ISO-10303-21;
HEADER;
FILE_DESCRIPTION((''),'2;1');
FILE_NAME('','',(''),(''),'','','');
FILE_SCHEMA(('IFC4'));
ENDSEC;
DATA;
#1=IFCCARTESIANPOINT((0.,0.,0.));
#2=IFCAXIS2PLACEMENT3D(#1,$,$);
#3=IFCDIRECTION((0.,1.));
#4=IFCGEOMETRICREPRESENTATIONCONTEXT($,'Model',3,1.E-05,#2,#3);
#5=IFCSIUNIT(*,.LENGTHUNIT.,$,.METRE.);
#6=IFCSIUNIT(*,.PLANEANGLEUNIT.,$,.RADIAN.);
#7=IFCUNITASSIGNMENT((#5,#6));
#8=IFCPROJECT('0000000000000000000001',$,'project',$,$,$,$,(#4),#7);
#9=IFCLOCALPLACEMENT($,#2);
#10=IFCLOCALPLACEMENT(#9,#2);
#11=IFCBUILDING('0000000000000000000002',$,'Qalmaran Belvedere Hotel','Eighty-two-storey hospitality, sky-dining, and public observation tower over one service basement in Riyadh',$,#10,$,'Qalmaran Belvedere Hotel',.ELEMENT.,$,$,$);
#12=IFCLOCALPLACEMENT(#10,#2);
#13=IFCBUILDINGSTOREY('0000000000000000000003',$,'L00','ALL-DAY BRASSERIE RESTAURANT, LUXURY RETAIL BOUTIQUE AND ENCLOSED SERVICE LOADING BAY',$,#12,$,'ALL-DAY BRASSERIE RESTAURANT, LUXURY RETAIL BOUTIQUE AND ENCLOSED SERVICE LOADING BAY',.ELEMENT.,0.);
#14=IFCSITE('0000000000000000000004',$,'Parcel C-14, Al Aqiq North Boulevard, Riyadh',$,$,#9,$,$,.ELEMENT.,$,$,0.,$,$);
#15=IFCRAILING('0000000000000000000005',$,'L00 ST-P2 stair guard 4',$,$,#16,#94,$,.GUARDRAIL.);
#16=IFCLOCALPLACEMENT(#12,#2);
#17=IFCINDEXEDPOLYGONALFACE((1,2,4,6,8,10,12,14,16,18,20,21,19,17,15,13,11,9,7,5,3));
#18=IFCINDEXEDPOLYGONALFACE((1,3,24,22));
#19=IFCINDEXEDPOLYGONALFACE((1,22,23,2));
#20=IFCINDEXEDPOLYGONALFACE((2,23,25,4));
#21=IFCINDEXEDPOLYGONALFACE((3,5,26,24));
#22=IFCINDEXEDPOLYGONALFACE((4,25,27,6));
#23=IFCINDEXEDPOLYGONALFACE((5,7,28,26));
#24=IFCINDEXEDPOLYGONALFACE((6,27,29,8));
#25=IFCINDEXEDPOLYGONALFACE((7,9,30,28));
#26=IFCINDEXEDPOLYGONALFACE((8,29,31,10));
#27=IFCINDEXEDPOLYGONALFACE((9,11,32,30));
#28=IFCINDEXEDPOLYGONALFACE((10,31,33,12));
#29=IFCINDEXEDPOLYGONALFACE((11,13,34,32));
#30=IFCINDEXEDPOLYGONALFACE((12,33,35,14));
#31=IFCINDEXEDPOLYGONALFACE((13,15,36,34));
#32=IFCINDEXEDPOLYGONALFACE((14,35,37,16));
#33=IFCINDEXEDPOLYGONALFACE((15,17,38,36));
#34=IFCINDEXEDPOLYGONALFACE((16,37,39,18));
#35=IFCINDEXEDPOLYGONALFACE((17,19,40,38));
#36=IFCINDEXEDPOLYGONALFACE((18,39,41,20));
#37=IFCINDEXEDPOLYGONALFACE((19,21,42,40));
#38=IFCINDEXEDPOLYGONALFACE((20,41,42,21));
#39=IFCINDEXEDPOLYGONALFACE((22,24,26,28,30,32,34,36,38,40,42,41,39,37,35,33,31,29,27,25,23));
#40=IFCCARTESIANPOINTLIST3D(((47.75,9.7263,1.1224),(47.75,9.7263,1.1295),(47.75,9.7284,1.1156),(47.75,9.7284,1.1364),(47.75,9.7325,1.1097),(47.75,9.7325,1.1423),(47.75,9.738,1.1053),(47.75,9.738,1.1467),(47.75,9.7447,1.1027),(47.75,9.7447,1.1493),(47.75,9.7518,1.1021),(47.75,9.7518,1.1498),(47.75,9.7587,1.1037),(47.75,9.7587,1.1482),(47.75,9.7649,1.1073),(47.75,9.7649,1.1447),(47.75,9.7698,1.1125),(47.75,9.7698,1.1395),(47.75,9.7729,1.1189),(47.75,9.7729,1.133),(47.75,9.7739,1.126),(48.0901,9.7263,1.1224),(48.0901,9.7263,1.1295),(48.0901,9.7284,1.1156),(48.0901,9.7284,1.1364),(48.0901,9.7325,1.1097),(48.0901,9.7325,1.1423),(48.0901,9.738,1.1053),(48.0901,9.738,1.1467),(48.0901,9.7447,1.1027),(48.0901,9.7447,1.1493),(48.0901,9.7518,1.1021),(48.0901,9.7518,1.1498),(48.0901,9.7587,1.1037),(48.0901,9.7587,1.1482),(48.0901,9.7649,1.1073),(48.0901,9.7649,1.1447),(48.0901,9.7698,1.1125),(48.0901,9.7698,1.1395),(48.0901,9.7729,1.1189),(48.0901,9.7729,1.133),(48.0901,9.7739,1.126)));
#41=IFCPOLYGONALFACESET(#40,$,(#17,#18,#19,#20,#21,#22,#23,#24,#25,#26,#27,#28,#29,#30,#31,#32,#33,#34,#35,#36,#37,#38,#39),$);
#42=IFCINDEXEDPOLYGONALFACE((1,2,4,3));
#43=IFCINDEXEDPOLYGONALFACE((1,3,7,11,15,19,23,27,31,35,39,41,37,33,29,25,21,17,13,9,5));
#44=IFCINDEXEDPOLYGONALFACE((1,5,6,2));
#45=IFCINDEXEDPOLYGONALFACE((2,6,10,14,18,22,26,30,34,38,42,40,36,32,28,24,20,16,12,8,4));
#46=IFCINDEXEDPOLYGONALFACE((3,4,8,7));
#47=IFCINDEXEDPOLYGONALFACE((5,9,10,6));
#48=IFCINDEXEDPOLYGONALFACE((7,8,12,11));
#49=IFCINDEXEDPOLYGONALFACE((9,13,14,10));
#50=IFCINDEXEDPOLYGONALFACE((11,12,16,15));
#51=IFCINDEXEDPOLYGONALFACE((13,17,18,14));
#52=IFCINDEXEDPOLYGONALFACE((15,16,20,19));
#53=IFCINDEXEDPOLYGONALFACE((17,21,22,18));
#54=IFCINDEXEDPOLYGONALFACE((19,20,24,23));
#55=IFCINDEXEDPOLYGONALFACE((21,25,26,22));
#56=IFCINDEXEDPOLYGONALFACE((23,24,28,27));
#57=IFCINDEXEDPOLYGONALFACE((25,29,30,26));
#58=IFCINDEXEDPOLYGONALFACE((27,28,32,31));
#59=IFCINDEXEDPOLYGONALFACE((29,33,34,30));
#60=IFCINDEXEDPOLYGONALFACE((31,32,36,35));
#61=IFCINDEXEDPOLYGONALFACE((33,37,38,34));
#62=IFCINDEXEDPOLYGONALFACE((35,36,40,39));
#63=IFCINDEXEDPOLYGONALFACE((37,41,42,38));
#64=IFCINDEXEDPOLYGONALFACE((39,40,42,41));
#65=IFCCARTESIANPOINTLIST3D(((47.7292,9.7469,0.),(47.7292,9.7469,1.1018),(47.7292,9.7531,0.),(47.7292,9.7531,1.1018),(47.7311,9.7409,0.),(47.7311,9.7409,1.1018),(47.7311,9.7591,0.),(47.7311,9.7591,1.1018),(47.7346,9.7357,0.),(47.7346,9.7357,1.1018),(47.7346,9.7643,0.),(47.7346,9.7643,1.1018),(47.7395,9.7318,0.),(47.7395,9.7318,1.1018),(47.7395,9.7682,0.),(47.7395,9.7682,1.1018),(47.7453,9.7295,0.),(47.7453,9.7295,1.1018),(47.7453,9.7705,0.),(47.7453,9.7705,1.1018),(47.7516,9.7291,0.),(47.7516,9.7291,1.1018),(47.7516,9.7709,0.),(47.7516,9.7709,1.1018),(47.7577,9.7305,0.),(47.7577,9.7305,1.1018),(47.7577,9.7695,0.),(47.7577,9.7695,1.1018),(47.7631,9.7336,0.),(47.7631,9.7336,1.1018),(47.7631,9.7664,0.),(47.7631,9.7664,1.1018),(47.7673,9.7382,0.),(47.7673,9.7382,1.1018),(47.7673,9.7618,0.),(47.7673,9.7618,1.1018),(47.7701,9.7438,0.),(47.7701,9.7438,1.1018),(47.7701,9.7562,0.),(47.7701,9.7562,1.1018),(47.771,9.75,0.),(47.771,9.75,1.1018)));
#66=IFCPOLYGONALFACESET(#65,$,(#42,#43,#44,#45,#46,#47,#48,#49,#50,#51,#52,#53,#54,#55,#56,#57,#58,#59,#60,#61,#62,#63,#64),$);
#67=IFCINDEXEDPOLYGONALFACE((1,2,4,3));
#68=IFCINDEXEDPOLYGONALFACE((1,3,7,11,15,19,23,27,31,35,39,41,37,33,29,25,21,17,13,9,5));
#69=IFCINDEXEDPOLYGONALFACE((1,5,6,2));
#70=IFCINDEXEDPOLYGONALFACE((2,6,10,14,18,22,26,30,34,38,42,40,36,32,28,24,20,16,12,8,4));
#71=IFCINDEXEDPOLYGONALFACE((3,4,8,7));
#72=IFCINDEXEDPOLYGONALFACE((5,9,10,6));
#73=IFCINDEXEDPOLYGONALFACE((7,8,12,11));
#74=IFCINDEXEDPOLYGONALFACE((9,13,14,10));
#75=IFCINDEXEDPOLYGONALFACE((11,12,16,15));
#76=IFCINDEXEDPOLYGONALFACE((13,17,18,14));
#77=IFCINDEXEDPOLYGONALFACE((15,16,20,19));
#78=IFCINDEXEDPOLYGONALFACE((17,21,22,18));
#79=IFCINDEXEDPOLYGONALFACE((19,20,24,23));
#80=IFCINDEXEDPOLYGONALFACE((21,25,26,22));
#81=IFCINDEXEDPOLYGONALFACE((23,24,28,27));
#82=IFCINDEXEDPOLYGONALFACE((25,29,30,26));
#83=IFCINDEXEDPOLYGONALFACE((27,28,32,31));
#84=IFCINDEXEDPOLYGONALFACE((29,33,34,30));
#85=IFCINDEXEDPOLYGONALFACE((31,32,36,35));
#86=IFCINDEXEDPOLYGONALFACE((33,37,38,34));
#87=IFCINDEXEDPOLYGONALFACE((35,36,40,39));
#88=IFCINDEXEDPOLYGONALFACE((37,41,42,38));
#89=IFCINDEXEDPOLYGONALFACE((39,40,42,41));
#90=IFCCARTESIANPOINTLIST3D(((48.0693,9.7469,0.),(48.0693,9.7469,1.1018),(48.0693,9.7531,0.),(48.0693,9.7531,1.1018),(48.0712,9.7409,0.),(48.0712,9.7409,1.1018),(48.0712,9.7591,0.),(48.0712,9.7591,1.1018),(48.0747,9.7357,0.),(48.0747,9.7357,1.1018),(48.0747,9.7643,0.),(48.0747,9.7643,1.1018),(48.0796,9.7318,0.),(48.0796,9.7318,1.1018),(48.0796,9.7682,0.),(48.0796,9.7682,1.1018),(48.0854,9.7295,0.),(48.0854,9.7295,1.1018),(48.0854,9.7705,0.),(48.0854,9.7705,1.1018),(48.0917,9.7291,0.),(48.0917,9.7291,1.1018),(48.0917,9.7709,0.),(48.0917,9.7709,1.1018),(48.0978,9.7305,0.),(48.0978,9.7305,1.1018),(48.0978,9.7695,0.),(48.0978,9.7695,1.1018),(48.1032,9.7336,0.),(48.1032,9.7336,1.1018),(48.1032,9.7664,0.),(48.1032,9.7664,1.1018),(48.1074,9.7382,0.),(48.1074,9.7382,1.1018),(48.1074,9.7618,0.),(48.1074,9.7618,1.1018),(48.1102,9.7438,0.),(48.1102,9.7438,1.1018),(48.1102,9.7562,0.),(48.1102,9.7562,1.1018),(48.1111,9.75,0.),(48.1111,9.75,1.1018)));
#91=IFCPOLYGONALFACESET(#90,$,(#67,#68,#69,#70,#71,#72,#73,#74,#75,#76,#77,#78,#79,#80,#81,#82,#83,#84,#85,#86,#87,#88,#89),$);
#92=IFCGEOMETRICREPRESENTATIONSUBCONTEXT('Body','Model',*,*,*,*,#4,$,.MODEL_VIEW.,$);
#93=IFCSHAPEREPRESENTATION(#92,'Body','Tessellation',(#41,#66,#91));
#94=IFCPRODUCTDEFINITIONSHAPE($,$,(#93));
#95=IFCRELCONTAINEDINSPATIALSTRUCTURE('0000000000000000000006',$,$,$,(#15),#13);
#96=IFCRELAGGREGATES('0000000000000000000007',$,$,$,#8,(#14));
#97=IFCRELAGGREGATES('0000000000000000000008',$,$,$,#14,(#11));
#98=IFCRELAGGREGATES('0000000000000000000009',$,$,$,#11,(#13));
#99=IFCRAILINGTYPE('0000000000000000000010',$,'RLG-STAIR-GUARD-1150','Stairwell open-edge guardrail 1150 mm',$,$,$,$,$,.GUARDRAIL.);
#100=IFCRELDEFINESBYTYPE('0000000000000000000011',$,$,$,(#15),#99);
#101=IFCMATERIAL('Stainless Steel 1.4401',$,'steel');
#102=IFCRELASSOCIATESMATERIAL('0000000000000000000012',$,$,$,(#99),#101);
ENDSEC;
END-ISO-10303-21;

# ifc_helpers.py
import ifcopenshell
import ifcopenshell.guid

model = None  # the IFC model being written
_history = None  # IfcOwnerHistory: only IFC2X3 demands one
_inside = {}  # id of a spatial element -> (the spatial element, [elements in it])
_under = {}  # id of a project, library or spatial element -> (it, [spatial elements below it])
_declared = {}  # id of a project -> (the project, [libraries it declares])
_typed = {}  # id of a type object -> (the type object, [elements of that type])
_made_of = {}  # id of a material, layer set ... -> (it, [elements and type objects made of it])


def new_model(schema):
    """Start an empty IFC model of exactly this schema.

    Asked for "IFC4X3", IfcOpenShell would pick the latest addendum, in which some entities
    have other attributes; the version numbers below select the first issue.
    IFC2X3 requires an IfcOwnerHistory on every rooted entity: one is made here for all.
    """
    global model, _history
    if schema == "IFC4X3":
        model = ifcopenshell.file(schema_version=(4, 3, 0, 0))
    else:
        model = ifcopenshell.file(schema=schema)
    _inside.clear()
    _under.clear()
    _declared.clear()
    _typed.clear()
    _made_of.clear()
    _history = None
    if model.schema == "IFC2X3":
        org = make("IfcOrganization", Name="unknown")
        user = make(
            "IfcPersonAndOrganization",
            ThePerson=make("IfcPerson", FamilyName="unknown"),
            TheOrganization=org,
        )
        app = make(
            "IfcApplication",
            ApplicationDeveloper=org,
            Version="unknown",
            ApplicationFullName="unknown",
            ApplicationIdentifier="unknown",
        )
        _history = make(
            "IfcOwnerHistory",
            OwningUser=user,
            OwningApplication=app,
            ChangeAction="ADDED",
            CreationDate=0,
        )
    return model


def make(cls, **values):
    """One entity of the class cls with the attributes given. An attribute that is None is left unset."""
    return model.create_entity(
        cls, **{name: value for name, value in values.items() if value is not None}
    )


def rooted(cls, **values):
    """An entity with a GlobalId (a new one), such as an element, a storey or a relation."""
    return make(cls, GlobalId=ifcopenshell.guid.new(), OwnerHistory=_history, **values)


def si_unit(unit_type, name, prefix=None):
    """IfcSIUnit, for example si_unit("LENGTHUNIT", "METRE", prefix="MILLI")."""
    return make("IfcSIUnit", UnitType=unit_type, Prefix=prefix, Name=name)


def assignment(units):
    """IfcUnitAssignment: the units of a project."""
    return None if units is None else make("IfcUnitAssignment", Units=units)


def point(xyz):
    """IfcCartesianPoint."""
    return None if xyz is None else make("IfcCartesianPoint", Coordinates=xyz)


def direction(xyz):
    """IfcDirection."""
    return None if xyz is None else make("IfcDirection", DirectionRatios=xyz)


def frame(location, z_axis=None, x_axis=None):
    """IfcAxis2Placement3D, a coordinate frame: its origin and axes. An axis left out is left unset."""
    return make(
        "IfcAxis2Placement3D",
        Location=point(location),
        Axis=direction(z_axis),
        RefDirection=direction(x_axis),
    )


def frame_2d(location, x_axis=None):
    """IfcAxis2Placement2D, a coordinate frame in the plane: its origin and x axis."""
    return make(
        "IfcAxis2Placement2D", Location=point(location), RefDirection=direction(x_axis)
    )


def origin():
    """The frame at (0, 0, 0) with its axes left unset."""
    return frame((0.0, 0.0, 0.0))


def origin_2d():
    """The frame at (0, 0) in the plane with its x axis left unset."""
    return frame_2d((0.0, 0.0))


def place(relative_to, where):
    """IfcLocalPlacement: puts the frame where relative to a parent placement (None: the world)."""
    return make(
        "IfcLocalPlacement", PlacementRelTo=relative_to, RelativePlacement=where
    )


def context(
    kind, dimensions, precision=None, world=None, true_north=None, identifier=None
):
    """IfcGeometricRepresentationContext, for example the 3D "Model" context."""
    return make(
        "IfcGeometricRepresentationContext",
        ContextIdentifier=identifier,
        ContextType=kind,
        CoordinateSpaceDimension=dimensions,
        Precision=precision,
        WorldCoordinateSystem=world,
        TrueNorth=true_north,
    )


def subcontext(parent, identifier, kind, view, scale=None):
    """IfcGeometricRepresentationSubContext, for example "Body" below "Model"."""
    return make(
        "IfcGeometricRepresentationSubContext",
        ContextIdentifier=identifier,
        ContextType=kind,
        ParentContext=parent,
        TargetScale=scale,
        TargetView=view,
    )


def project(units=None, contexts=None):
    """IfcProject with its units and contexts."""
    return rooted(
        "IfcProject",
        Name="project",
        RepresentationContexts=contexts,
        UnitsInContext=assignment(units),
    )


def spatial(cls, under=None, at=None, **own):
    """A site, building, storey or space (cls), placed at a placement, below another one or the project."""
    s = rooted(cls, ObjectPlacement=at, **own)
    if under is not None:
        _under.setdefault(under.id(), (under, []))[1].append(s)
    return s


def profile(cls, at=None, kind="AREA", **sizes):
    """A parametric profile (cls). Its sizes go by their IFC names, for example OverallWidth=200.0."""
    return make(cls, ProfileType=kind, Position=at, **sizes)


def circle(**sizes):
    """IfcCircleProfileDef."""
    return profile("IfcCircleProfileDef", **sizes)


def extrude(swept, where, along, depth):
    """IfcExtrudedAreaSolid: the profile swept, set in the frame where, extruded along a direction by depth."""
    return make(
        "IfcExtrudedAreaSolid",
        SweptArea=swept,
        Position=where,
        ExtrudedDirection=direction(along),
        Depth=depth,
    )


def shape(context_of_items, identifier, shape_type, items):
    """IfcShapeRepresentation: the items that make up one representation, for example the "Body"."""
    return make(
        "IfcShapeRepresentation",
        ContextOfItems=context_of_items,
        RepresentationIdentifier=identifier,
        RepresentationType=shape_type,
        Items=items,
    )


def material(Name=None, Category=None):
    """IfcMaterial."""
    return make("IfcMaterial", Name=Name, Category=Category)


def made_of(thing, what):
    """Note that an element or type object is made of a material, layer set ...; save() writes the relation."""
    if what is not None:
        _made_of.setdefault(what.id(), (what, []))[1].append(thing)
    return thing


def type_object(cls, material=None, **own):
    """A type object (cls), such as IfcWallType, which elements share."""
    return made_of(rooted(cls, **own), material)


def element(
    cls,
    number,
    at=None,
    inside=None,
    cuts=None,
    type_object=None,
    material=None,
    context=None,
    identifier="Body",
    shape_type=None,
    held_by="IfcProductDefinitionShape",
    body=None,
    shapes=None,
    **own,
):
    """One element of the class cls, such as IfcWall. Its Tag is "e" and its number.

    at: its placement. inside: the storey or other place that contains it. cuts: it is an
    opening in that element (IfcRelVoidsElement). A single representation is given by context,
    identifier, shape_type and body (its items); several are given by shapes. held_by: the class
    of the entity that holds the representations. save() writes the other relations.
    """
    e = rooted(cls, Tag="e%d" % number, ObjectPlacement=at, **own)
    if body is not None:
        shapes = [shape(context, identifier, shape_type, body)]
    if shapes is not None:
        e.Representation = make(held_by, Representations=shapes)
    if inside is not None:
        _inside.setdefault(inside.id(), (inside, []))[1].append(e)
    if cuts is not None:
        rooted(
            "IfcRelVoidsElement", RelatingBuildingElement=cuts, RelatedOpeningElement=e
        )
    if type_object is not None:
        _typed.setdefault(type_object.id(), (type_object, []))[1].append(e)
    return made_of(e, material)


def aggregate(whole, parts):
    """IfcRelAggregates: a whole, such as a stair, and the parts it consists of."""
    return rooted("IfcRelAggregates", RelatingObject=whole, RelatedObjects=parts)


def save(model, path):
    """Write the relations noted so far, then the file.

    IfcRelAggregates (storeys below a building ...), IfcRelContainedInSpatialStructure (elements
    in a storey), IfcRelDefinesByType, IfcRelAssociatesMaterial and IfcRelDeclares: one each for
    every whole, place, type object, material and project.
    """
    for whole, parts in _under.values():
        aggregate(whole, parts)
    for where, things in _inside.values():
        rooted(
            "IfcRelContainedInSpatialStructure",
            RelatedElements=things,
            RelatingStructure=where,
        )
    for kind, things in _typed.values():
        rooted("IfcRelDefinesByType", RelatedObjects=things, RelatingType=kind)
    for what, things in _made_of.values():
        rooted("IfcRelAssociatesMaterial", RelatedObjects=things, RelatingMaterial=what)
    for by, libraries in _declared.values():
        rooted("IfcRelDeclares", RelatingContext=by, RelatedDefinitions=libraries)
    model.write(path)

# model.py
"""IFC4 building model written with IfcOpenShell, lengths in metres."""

from ifc_helpers import new_model, si_unit, direction, frame, origin, origin_2d, place, context, subcontext, project, spatial, circle, extrude, material, type_object, element, save


model = new_model("IFC4")

# Units and contexts
model_context = context("Model", 3, precision=1e-05, world=origin(), true_north=direction((0.0, 1.0)))
body_context = subcontext(model_context, "Body", "Model", "MODEL_VIEW")
ifc_project = project(units=[si_unit("LENGTHUNIT", "METRE"), si_unit("PLANEANGLEUNIT", "RADIAN")], contexts=[model_context])

# Site, building, storey
site_placement = place(None, origin())
site = spatial("IfcSite", under=ifc_project, at=site_placement, Name="Parcel C-14, Al Aqiq North Boulevard, Riyadh", CompositionType="ELEMENT", RefElevation=0.0)
building_placement = place(site_placement, origin())
building = spatial("IfcBuilding", under=site, at=building_placement, Name="Qalmaran Belvedere Hotel", Description="Eighty-two-storey hospitality, sky-dining, and public observation tower over one service basement in Riyadh", LongName="Qalmaran Belvedere Hotel", CompositionType="ELEMENT")
storey_placement = place(building_placement, origin())
storey = spatial("IfcBuildingStorey", under=building, at=storey_placement, Name="L00", Description="ALL-DAY BRASSERIE RESTAURANT, LUXURY RETAIL BOUTIQUE AND ENCLOSED SERVICE LOADING BAY", LongName="ALL-DAY BRASSERIE RESTAURANT, LUXURY RETAIL BOUTIQUE AND ENCLOSED SERVICE LOADING BAY", CompositionType="ELEMENT", Elevation=0.0)

# Railing
ifc_material_1 = material(Name="Stainless Steel 1.4401", Category="steel")
railing_type_1 = type_object("IfcRailingType", Name="RLG-STAIR-GUARD-1150", Description="Stairwell open-edge guardrail 1150 mm", PredefinedType="GUARDRAIL", material=ifc_material_1)
railing_1_placement = place(storey_placement, frame((47.75, 9.75, 0.0)))
element("IfcRailing", 1, at=railing_1_placement, inside=storey, type_object=railing_type_1, Name="L00 ST-P2 stair guard 4", PredefinedType="GUARDRAIL", context=body_context, shape_type="SweptSolid", body=[
    extrude(circle(Radius=0.0239, at=origin_2d()), frame((0.0, 0.0, 1.126), z_axis=(1.0, 0.0, 0.0), x_axis=(0.0, 1.0, 0.0)), (0.0, 0.0, 1.0), 0.3401),
    extrude(circle(Radius=0.021, at=origin_2d()), origin(), (0.0, 0.0, 1.0), 1.1018),
    extrude(circle(Radius=0.021, at=origin_2d()), frame((0.3401, 0.0, 0.0)), (0.0, 0.0, 1.0), 1.1018),
])

save(model, "model.ifc")
